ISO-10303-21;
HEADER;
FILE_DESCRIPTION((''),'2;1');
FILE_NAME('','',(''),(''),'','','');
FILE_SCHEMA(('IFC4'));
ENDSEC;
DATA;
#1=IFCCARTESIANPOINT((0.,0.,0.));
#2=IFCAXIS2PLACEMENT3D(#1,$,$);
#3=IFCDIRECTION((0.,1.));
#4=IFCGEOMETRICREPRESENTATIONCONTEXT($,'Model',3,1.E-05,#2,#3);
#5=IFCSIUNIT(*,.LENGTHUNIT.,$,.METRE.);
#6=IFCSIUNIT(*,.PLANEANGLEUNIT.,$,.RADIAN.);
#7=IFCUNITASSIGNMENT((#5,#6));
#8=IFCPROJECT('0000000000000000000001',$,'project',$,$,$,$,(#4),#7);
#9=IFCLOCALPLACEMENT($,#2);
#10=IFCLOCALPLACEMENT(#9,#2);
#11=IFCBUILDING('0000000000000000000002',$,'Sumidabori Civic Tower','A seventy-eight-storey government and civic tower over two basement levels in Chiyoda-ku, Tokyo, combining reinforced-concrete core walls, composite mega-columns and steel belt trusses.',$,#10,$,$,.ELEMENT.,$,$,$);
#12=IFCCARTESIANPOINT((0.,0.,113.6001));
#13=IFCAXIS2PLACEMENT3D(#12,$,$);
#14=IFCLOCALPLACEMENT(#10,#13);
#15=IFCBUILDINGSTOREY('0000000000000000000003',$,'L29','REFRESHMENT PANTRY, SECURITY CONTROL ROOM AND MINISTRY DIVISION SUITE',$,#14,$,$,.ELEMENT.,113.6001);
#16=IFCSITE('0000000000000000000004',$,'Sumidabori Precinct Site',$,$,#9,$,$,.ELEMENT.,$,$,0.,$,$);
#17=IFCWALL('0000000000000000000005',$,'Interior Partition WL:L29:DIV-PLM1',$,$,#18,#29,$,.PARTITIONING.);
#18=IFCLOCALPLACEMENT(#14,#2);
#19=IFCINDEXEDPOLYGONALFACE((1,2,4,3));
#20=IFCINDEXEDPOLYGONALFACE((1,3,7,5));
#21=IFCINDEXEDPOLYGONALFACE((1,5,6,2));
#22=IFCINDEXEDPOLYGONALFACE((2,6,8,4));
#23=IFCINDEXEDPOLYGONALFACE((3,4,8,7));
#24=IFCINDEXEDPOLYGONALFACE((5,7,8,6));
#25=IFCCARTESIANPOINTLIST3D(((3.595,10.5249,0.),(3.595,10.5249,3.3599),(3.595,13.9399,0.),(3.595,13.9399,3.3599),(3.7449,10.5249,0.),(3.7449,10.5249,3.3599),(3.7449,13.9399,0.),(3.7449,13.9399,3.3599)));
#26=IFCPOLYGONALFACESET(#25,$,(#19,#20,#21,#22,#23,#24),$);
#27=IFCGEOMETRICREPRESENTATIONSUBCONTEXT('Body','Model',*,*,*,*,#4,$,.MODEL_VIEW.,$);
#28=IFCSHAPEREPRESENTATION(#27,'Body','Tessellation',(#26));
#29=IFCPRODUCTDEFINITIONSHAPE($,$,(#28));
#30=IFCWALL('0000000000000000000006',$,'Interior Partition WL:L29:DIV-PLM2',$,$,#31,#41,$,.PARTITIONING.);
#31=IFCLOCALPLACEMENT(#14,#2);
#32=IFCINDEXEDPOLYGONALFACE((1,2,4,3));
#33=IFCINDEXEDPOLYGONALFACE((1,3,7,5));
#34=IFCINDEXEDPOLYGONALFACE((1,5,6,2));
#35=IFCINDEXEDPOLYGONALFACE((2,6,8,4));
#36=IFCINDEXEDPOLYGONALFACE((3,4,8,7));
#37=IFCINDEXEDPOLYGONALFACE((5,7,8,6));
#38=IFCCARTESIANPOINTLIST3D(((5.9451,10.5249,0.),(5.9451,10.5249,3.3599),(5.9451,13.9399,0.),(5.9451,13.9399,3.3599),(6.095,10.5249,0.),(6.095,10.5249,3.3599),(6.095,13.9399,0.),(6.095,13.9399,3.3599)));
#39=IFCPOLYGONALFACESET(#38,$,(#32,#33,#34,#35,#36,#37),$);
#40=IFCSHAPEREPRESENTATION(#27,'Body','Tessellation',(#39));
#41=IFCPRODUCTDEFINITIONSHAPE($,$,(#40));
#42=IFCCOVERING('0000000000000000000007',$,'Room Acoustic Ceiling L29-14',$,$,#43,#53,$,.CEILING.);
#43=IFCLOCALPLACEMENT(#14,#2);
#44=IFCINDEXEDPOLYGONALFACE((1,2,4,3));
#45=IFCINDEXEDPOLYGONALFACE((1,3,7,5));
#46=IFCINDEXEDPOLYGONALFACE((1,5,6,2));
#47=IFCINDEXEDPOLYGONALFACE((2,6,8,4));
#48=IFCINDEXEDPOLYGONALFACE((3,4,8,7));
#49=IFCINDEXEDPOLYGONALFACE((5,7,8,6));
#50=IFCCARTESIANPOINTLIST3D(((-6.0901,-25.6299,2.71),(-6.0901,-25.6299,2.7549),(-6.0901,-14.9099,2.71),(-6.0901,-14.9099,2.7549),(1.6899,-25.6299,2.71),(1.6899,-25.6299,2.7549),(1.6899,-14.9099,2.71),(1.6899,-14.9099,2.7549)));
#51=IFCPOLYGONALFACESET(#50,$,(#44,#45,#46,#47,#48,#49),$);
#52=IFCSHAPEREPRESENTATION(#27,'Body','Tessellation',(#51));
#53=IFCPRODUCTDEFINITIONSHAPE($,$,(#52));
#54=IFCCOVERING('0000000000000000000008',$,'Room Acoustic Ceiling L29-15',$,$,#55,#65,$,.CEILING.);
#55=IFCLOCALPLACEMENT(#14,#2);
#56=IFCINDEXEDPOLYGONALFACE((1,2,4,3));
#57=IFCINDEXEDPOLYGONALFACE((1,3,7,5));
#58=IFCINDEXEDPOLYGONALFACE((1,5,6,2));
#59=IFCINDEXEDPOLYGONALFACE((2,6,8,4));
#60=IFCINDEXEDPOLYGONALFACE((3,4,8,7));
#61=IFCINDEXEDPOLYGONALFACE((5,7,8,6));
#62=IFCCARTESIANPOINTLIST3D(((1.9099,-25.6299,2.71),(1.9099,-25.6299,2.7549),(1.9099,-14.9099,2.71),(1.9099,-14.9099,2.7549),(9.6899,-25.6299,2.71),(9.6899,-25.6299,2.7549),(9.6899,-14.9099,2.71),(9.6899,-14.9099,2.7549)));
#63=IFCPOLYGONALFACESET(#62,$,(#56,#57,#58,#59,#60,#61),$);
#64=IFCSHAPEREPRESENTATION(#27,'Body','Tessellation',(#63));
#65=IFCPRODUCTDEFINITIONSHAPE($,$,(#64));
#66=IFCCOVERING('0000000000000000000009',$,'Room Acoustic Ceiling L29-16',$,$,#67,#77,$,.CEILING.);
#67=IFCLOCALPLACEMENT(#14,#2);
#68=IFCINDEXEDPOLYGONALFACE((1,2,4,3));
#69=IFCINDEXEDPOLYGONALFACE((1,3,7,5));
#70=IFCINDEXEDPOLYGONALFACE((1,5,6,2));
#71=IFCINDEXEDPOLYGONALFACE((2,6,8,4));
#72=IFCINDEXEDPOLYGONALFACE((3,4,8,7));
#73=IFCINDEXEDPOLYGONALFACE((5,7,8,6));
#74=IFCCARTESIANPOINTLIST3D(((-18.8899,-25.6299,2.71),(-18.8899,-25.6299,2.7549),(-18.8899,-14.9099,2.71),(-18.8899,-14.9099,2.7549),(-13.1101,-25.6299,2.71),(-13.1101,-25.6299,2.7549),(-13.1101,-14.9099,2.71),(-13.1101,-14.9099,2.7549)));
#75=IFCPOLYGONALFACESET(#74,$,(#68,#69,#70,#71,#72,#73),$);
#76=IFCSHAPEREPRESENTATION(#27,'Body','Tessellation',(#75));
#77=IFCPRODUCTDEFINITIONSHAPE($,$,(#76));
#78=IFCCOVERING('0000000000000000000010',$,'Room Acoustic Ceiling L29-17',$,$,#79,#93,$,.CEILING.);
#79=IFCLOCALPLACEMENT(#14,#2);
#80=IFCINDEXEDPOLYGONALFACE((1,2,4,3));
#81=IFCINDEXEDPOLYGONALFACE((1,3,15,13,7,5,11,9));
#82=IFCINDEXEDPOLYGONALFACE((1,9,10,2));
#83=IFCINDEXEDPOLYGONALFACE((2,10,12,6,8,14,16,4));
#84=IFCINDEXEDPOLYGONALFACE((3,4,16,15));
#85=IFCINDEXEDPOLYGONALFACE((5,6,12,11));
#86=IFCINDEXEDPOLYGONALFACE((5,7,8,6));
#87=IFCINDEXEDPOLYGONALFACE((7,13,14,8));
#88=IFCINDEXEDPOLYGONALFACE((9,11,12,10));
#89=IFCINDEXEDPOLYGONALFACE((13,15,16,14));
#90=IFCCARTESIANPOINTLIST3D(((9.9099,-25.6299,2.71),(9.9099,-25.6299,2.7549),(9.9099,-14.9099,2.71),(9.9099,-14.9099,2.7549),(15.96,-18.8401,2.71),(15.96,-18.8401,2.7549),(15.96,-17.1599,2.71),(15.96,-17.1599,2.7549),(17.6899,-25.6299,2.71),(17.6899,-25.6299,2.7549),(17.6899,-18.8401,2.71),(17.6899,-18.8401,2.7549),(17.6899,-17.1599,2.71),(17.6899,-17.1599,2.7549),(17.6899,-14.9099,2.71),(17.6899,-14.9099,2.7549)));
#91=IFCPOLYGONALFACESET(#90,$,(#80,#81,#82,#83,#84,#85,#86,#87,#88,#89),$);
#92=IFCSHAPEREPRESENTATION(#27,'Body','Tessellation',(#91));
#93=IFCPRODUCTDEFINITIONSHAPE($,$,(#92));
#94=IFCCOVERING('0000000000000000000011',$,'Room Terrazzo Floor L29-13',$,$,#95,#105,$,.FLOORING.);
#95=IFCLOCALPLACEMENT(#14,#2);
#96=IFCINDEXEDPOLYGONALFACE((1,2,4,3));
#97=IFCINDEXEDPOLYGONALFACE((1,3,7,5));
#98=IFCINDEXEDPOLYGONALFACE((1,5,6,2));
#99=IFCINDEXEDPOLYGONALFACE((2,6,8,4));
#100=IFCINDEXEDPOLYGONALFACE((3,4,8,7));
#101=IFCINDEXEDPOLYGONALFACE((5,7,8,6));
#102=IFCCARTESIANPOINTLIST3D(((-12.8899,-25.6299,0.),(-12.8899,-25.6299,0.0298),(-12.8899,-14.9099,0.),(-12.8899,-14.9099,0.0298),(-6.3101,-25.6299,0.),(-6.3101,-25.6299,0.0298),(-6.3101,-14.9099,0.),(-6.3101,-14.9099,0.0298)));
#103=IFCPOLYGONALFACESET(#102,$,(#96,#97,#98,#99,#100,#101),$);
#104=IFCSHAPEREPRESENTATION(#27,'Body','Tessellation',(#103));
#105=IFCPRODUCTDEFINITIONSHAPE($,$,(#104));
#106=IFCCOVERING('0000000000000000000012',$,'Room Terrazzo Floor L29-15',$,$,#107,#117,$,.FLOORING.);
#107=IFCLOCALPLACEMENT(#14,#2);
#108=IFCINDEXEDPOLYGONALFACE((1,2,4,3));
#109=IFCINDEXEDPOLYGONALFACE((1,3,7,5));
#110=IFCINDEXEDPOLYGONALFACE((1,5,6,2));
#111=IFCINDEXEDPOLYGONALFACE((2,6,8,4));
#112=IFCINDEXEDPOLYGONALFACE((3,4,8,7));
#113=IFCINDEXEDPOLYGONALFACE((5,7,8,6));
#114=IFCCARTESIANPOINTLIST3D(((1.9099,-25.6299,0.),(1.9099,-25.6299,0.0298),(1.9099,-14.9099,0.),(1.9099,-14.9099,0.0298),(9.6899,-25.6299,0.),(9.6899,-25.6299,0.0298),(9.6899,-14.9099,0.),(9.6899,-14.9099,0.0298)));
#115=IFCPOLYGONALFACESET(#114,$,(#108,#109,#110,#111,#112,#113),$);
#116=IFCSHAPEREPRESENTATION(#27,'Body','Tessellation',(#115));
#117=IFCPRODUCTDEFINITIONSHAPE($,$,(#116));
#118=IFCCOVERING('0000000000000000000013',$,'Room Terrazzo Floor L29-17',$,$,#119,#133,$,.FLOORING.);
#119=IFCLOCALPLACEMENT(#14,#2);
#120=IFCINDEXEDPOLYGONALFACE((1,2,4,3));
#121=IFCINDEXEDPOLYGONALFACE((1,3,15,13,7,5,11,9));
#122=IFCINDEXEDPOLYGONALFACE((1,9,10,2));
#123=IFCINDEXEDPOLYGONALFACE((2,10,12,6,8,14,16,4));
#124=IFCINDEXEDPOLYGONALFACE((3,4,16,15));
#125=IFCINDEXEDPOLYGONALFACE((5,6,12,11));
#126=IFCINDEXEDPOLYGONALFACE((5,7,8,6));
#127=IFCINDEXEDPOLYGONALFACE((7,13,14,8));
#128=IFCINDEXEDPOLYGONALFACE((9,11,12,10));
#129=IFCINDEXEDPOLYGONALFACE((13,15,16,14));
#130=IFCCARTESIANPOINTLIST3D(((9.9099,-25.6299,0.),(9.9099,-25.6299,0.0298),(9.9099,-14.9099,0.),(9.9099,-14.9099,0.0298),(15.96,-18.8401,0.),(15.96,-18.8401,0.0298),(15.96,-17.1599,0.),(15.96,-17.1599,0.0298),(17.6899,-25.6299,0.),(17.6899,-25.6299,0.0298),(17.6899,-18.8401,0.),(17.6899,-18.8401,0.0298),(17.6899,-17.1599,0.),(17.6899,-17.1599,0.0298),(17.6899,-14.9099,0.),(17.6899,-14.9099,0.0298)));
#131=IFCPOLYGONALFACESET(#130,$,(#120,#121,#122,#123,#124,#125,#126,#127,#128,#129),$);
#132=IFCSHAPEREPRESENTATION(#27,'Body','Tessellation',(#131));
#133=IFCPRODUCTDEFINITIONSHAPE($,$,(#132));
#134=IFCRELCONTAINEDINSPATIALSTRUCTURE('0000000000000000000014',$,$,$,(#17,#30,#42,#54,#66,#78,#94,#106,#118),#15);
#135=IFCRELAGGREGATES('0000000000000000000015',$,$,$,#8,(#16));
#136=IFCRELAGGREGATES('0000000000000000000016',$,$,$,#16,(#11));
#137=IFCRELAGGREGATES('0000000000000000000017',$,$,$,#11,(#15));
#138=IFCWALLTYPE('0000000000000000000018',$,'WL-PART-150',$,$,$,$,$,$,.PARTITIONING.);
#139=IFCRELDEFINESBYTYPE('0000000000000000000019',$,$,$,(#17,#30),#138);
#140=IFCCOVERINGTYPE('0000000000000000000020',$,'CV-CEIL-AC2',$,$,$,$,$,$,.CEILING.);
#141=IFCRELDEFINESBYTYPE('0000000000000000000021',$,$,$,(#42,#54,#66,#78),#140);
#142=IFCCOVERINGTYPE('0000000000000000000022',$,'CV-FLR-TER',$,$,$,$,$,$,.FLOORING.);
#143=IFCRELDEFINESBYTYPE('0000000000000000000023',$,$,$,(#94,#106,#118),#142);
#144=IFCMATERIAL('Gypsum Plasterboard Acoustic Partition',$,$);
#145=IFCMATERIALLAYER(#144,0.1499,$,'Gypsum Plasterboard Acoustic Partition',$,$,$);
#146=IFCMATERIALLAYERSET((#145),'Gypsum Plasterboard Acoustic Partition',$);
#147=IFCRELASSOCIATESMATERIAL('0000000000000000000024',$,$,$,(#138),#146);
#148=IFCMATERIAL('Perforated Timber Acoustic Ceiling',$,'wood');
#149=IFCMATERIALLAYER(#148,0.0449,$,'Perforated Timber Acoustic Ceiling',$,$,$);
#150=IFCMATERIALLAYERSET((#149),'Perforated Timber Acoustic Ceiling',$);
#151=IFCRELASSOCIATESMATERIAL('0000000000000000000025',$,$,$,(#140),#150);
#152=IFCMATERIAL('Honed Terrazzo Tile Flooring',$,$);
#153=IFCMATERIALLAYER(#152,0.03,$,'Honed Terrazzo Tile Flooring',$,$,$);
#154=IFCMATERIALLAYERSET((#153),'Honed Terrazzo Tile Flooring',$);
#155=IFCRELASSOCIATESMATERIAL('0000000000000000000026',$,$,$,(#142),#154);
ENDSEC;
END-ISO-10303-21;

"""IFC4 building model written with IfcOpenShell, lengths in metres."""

from ifc_helpers import new_model, si_unit, direction, frame, frame_2d, origin, place, context, subcontext, project, spatial, polyline, rectangle, outline, extrude, source, transform, mapped, material, layer, layer_set, type_object, element, save


model = new_model("IFC4")

# Units and contexts
model_context = context("Model", 3, precision=1e-05, world=origin(), true_north=direction((0.0, 1.0)))
body_context = subcontext(model_context, "Body", "Model", "MODEL_VIEW")
ifc_project = project(units=[si_unit("LENGTHUNIT", "METRE"), si_unit("PLANEANGLEUNIT", "RADIAN")], contexts=[model_context])

# Site, building, storey
site_placement = place(None, origin())
site = spatial("IfcSite", under=ifc_project, at=site_placement, Name="Sumidabori Precinct Site", CompositionType="ELEMENT", RefElevation=0.0)
building_placement = place(site_placement, origin())
building = spatial("IfcBuilding", under=site, at=building_placement, Name="Sumidabori Civic Tower", Description="A seventy-eight-storey government and civic tower over two basement levels in Chiyoda-ku, Tokyo, combining reinforced-concrete core walls, composite mega-columns and steel belt trusses.", CompositionType="ELEMENT")
storey_placement = place(building_placement, frame((0.0, 0.0, 113.6001)))
storey = spatial("IfcBuildingStorey", under=building, at=storey_placement, Name="L29", Description="REFRESHMENT PANTRY, SECURITY CONTROL ROOM AND MINISTRY DIVISION SUITE", CompositionType="ELEMENT", Elevation=113.6001)

# Shared definitions
ifc_material_1 = material(Name="Gypsum Plasterboard Acoustic Partition")
ifc_layer_1 = layer(ifc_material_1, 0.1499, Name="Gypsum Plasterboard Acoustic Partition")
ifc_layer_set_1 = layer_set([ifc_layer_1], Name="Gypsum Plasterboard Acoustic Partition")
wall_type_1 = type_object("IfcWallType", Name="WL-PART-150", PredefinedType="PARTITIONING", material=ifc_layer_set_1)

# Walls
shared_shape_1 = source(origin(), body_context, "Body", "SweptSolid", [
    extrude(rectangle(XDim=3.415, YDim=0.1499, at=frame_2d((1.7075, 0.0))), origin(), (0.0, 0.0, 1.0), 3.3599),
])
for number, where, z_axis, x_axis, name in (
    (1, (3.6699, 10.5249, 0.0), (0.0, 0.0, 1.0), (0.0, 1.0, 0.0), "Interior Partition WL:L29:DIV-PLM1"),
    (2, (6.02, 10.5249, 0.0), (0.0, 0.0, 1.0), (0.0, 1.0, 0.0), "Interior Partition WL:L29:DIV-PLM2"),
):
    element("IfcWall", number, at=place(storey_placement, frame(where, z_axis=z_axis, x_axis=x_axis)), inside=storey, type_object=wall_type_1, Name=name, PredefinedType="PARTITIONING", context=body_context, shape_type="MappedRepresentation", body=[
        mapped(shared_shape_1, transform((0.0, 0.0, 0.0), x_axis=(1.0, 0.0, 0.0), y_axis=(0.0, 1.0, 0.0), z_axis=(0.0, 0.0, 1.0), scale=1.0)),
    ])

# Coverings
ifc_material_2 = material(Name="Perforated Timber Acoustic Ceiling", Category="wood")
ifc_layer_2 = layer(ifc_material_2, 0.0449, Name="Perforated Timber Acoustic Ceiling")
ifc_layer_set_2 = layer_set([ifc_layer_2], Name="Perforated Timber Acoustic Ceiling")
covering_type_1 = type_object("IfcCoveringType", Name="CV-CEIL-AC2", PredefinedType="CEILING", material=ifc_layer_set_2)
covering_1_placement = place(storey_placement, frame((0.0, 0.0, 2.71)))
element("IfcCovering", 3, at=covering_1_placement, inside=storey, type_object=covering_type_1, Name="Room Acoustic Ceiling L29-14", PredefinedType="CEILING", context=body_context, shape_type="SweptSolid", body=[
    extrude(outline(polyline([(-6.0901, -14.9099), (1.6899, -14.9099), (1.6899, -25.6299), (-6.0901, -25.6299), (-6.0901, -14.9099)])), origin(), (0.0, 0.0, 1.0), 0.0449),
])
covering_2_placement = place(storey_placement, frame((0.0, 0.0, 2.71)))
element("IfcCovering", 4, at=covering_2_placement, inside=storey, type_object=covering_type_1, Name="Room Acoustic Ceiling L29-15", PredefinedType="CEILING", context=body_context, shape_type="SweptSolid", body=[
    extrude(outline(polyline([(1.9099, -14.9099), (9.6899, -14.9099), (9.6899, -25.6299), (1.9099, -25.6299), (1.9099, -14.9099)])), origin(), (0.0, 0.0, 1.0), 0.0449),
])
covering_3_placement = place(storey_placement, frame((0.0, 0.0, 2.71)))
element("IfcCovering", 5, at=covering_3_placement, inside=storey, type_object=covering_type_1, Name="Room Acoustic Ceiling L29-16", PredefinedType="CEILING", context=body_context, shape_type="SweptSolid", body=[
    extrude(outline(polyline([(-18.8899, -14.9099), (-13.1101, -14.9099), (-13.1101, -25.6299), (-18.8899, -25.6299), (-18.8899, -14.9099)])), origin(), (0.0, 0.0, 1.0), 0.0449),
])
covering_4_placement = place(storey_placement, frame((0.0, 0.0, 2.71)))
element("IfcCovering", 6, at=covering_4_placement, inside=storey, type_object=covering_type_1, Name="Room Acoustic Ceiling L29-17", PredefinedType="CEILING", context=body_context, shape_type="SweptSolid", body=[
    extrude(outline(polyline([(9.9099, -14.9099), (17.6899, -14.9099), (17.6899, -17.1599), (15.96, -17.1599), (15.96, -18.8401), (17.6899, -18.8401), (17.6899, -25.6299), (9.9099, -25.6299), (9.9099, -14.9099)])), origin(), (0.0, 0.0, 1.0), 0.0449),
])
ifc_material_3 = material(Name="Honed Terrazzo Tile Flooring")
ifc_layer_3 = layer(ifc_material_3, 0.03, Name="Honed Terrazzo Tile Flooring")
ifc_layer_set_3 = layer_set([ifc_layer_3], Name="Honed Terrazzo Tile Flooring")
covering_type_2 = type_object("IfcCoveringType", Name="CV-FLR-TER", PredefinedType="FLOORING", material=ifc_layer_set_3)
covering_5_placement = place(storey_placement, origin())
element("IfcCovering", 7, at=covering_5_placement, inside=storey, type_object=covering_type_2, Name="Room Terrazzo Floor L29-13", PredefinedType="FLOORING", context=body_context, shape_type="SweptSolid", body=[
    extrude(outline(polyline([(-12.8899, -14.9099), (-6.3101, -14.9099), (-6.3101, -25.6299), (-12.8899, -25.6299), (-12.8899, -14.9099)])), origin(), (0.0, 0.0, 1.0), 0.0298),
])
covering_6_placement = place(storey_placement, origin())
element("IfcCovering", 8, at=covering_6_placement, inside=storey, type_object=covering_type_2, Name="Room Terrazzo Floor L29-15", PredefinedType="FLOORING", context=body_context, shape_type="SweptSolid", body=[
    extrude(outline(polyline([(1.9099, -14.9099), (9.6899, -14.9099), (9.6899, -25.6299), (1.9099, -25.6299), (1.9099, -14.9099)])), origin(), (0.0, 0.0, 1.0), 0.0298),
])
covering_7_placement = place(storey_placement, origin())
element("IfcCovering", 9, at=covering_7_placement, inside=storey, type_object=covering_type_2, Name="Room Terrazzo Floor L29-17", PredefinedType="FLOORING", context=body_context, shape_type="SweptSolid", body=[
    extrude(outline(polyline([(9.9099, -14.9099), (17.6899, -14.9099), (17.6899, -17.1599), (15.96, -17.1599), (15.96, -18.8401), (17.6899, -18.8401), (17.6899, -25.6299), (9.9099, -25.6299), (9.9099, -14.9099)])), origin(), (0.0, 0.0, 1.0), 0.0298),
])

save(model, "model.ifc")
